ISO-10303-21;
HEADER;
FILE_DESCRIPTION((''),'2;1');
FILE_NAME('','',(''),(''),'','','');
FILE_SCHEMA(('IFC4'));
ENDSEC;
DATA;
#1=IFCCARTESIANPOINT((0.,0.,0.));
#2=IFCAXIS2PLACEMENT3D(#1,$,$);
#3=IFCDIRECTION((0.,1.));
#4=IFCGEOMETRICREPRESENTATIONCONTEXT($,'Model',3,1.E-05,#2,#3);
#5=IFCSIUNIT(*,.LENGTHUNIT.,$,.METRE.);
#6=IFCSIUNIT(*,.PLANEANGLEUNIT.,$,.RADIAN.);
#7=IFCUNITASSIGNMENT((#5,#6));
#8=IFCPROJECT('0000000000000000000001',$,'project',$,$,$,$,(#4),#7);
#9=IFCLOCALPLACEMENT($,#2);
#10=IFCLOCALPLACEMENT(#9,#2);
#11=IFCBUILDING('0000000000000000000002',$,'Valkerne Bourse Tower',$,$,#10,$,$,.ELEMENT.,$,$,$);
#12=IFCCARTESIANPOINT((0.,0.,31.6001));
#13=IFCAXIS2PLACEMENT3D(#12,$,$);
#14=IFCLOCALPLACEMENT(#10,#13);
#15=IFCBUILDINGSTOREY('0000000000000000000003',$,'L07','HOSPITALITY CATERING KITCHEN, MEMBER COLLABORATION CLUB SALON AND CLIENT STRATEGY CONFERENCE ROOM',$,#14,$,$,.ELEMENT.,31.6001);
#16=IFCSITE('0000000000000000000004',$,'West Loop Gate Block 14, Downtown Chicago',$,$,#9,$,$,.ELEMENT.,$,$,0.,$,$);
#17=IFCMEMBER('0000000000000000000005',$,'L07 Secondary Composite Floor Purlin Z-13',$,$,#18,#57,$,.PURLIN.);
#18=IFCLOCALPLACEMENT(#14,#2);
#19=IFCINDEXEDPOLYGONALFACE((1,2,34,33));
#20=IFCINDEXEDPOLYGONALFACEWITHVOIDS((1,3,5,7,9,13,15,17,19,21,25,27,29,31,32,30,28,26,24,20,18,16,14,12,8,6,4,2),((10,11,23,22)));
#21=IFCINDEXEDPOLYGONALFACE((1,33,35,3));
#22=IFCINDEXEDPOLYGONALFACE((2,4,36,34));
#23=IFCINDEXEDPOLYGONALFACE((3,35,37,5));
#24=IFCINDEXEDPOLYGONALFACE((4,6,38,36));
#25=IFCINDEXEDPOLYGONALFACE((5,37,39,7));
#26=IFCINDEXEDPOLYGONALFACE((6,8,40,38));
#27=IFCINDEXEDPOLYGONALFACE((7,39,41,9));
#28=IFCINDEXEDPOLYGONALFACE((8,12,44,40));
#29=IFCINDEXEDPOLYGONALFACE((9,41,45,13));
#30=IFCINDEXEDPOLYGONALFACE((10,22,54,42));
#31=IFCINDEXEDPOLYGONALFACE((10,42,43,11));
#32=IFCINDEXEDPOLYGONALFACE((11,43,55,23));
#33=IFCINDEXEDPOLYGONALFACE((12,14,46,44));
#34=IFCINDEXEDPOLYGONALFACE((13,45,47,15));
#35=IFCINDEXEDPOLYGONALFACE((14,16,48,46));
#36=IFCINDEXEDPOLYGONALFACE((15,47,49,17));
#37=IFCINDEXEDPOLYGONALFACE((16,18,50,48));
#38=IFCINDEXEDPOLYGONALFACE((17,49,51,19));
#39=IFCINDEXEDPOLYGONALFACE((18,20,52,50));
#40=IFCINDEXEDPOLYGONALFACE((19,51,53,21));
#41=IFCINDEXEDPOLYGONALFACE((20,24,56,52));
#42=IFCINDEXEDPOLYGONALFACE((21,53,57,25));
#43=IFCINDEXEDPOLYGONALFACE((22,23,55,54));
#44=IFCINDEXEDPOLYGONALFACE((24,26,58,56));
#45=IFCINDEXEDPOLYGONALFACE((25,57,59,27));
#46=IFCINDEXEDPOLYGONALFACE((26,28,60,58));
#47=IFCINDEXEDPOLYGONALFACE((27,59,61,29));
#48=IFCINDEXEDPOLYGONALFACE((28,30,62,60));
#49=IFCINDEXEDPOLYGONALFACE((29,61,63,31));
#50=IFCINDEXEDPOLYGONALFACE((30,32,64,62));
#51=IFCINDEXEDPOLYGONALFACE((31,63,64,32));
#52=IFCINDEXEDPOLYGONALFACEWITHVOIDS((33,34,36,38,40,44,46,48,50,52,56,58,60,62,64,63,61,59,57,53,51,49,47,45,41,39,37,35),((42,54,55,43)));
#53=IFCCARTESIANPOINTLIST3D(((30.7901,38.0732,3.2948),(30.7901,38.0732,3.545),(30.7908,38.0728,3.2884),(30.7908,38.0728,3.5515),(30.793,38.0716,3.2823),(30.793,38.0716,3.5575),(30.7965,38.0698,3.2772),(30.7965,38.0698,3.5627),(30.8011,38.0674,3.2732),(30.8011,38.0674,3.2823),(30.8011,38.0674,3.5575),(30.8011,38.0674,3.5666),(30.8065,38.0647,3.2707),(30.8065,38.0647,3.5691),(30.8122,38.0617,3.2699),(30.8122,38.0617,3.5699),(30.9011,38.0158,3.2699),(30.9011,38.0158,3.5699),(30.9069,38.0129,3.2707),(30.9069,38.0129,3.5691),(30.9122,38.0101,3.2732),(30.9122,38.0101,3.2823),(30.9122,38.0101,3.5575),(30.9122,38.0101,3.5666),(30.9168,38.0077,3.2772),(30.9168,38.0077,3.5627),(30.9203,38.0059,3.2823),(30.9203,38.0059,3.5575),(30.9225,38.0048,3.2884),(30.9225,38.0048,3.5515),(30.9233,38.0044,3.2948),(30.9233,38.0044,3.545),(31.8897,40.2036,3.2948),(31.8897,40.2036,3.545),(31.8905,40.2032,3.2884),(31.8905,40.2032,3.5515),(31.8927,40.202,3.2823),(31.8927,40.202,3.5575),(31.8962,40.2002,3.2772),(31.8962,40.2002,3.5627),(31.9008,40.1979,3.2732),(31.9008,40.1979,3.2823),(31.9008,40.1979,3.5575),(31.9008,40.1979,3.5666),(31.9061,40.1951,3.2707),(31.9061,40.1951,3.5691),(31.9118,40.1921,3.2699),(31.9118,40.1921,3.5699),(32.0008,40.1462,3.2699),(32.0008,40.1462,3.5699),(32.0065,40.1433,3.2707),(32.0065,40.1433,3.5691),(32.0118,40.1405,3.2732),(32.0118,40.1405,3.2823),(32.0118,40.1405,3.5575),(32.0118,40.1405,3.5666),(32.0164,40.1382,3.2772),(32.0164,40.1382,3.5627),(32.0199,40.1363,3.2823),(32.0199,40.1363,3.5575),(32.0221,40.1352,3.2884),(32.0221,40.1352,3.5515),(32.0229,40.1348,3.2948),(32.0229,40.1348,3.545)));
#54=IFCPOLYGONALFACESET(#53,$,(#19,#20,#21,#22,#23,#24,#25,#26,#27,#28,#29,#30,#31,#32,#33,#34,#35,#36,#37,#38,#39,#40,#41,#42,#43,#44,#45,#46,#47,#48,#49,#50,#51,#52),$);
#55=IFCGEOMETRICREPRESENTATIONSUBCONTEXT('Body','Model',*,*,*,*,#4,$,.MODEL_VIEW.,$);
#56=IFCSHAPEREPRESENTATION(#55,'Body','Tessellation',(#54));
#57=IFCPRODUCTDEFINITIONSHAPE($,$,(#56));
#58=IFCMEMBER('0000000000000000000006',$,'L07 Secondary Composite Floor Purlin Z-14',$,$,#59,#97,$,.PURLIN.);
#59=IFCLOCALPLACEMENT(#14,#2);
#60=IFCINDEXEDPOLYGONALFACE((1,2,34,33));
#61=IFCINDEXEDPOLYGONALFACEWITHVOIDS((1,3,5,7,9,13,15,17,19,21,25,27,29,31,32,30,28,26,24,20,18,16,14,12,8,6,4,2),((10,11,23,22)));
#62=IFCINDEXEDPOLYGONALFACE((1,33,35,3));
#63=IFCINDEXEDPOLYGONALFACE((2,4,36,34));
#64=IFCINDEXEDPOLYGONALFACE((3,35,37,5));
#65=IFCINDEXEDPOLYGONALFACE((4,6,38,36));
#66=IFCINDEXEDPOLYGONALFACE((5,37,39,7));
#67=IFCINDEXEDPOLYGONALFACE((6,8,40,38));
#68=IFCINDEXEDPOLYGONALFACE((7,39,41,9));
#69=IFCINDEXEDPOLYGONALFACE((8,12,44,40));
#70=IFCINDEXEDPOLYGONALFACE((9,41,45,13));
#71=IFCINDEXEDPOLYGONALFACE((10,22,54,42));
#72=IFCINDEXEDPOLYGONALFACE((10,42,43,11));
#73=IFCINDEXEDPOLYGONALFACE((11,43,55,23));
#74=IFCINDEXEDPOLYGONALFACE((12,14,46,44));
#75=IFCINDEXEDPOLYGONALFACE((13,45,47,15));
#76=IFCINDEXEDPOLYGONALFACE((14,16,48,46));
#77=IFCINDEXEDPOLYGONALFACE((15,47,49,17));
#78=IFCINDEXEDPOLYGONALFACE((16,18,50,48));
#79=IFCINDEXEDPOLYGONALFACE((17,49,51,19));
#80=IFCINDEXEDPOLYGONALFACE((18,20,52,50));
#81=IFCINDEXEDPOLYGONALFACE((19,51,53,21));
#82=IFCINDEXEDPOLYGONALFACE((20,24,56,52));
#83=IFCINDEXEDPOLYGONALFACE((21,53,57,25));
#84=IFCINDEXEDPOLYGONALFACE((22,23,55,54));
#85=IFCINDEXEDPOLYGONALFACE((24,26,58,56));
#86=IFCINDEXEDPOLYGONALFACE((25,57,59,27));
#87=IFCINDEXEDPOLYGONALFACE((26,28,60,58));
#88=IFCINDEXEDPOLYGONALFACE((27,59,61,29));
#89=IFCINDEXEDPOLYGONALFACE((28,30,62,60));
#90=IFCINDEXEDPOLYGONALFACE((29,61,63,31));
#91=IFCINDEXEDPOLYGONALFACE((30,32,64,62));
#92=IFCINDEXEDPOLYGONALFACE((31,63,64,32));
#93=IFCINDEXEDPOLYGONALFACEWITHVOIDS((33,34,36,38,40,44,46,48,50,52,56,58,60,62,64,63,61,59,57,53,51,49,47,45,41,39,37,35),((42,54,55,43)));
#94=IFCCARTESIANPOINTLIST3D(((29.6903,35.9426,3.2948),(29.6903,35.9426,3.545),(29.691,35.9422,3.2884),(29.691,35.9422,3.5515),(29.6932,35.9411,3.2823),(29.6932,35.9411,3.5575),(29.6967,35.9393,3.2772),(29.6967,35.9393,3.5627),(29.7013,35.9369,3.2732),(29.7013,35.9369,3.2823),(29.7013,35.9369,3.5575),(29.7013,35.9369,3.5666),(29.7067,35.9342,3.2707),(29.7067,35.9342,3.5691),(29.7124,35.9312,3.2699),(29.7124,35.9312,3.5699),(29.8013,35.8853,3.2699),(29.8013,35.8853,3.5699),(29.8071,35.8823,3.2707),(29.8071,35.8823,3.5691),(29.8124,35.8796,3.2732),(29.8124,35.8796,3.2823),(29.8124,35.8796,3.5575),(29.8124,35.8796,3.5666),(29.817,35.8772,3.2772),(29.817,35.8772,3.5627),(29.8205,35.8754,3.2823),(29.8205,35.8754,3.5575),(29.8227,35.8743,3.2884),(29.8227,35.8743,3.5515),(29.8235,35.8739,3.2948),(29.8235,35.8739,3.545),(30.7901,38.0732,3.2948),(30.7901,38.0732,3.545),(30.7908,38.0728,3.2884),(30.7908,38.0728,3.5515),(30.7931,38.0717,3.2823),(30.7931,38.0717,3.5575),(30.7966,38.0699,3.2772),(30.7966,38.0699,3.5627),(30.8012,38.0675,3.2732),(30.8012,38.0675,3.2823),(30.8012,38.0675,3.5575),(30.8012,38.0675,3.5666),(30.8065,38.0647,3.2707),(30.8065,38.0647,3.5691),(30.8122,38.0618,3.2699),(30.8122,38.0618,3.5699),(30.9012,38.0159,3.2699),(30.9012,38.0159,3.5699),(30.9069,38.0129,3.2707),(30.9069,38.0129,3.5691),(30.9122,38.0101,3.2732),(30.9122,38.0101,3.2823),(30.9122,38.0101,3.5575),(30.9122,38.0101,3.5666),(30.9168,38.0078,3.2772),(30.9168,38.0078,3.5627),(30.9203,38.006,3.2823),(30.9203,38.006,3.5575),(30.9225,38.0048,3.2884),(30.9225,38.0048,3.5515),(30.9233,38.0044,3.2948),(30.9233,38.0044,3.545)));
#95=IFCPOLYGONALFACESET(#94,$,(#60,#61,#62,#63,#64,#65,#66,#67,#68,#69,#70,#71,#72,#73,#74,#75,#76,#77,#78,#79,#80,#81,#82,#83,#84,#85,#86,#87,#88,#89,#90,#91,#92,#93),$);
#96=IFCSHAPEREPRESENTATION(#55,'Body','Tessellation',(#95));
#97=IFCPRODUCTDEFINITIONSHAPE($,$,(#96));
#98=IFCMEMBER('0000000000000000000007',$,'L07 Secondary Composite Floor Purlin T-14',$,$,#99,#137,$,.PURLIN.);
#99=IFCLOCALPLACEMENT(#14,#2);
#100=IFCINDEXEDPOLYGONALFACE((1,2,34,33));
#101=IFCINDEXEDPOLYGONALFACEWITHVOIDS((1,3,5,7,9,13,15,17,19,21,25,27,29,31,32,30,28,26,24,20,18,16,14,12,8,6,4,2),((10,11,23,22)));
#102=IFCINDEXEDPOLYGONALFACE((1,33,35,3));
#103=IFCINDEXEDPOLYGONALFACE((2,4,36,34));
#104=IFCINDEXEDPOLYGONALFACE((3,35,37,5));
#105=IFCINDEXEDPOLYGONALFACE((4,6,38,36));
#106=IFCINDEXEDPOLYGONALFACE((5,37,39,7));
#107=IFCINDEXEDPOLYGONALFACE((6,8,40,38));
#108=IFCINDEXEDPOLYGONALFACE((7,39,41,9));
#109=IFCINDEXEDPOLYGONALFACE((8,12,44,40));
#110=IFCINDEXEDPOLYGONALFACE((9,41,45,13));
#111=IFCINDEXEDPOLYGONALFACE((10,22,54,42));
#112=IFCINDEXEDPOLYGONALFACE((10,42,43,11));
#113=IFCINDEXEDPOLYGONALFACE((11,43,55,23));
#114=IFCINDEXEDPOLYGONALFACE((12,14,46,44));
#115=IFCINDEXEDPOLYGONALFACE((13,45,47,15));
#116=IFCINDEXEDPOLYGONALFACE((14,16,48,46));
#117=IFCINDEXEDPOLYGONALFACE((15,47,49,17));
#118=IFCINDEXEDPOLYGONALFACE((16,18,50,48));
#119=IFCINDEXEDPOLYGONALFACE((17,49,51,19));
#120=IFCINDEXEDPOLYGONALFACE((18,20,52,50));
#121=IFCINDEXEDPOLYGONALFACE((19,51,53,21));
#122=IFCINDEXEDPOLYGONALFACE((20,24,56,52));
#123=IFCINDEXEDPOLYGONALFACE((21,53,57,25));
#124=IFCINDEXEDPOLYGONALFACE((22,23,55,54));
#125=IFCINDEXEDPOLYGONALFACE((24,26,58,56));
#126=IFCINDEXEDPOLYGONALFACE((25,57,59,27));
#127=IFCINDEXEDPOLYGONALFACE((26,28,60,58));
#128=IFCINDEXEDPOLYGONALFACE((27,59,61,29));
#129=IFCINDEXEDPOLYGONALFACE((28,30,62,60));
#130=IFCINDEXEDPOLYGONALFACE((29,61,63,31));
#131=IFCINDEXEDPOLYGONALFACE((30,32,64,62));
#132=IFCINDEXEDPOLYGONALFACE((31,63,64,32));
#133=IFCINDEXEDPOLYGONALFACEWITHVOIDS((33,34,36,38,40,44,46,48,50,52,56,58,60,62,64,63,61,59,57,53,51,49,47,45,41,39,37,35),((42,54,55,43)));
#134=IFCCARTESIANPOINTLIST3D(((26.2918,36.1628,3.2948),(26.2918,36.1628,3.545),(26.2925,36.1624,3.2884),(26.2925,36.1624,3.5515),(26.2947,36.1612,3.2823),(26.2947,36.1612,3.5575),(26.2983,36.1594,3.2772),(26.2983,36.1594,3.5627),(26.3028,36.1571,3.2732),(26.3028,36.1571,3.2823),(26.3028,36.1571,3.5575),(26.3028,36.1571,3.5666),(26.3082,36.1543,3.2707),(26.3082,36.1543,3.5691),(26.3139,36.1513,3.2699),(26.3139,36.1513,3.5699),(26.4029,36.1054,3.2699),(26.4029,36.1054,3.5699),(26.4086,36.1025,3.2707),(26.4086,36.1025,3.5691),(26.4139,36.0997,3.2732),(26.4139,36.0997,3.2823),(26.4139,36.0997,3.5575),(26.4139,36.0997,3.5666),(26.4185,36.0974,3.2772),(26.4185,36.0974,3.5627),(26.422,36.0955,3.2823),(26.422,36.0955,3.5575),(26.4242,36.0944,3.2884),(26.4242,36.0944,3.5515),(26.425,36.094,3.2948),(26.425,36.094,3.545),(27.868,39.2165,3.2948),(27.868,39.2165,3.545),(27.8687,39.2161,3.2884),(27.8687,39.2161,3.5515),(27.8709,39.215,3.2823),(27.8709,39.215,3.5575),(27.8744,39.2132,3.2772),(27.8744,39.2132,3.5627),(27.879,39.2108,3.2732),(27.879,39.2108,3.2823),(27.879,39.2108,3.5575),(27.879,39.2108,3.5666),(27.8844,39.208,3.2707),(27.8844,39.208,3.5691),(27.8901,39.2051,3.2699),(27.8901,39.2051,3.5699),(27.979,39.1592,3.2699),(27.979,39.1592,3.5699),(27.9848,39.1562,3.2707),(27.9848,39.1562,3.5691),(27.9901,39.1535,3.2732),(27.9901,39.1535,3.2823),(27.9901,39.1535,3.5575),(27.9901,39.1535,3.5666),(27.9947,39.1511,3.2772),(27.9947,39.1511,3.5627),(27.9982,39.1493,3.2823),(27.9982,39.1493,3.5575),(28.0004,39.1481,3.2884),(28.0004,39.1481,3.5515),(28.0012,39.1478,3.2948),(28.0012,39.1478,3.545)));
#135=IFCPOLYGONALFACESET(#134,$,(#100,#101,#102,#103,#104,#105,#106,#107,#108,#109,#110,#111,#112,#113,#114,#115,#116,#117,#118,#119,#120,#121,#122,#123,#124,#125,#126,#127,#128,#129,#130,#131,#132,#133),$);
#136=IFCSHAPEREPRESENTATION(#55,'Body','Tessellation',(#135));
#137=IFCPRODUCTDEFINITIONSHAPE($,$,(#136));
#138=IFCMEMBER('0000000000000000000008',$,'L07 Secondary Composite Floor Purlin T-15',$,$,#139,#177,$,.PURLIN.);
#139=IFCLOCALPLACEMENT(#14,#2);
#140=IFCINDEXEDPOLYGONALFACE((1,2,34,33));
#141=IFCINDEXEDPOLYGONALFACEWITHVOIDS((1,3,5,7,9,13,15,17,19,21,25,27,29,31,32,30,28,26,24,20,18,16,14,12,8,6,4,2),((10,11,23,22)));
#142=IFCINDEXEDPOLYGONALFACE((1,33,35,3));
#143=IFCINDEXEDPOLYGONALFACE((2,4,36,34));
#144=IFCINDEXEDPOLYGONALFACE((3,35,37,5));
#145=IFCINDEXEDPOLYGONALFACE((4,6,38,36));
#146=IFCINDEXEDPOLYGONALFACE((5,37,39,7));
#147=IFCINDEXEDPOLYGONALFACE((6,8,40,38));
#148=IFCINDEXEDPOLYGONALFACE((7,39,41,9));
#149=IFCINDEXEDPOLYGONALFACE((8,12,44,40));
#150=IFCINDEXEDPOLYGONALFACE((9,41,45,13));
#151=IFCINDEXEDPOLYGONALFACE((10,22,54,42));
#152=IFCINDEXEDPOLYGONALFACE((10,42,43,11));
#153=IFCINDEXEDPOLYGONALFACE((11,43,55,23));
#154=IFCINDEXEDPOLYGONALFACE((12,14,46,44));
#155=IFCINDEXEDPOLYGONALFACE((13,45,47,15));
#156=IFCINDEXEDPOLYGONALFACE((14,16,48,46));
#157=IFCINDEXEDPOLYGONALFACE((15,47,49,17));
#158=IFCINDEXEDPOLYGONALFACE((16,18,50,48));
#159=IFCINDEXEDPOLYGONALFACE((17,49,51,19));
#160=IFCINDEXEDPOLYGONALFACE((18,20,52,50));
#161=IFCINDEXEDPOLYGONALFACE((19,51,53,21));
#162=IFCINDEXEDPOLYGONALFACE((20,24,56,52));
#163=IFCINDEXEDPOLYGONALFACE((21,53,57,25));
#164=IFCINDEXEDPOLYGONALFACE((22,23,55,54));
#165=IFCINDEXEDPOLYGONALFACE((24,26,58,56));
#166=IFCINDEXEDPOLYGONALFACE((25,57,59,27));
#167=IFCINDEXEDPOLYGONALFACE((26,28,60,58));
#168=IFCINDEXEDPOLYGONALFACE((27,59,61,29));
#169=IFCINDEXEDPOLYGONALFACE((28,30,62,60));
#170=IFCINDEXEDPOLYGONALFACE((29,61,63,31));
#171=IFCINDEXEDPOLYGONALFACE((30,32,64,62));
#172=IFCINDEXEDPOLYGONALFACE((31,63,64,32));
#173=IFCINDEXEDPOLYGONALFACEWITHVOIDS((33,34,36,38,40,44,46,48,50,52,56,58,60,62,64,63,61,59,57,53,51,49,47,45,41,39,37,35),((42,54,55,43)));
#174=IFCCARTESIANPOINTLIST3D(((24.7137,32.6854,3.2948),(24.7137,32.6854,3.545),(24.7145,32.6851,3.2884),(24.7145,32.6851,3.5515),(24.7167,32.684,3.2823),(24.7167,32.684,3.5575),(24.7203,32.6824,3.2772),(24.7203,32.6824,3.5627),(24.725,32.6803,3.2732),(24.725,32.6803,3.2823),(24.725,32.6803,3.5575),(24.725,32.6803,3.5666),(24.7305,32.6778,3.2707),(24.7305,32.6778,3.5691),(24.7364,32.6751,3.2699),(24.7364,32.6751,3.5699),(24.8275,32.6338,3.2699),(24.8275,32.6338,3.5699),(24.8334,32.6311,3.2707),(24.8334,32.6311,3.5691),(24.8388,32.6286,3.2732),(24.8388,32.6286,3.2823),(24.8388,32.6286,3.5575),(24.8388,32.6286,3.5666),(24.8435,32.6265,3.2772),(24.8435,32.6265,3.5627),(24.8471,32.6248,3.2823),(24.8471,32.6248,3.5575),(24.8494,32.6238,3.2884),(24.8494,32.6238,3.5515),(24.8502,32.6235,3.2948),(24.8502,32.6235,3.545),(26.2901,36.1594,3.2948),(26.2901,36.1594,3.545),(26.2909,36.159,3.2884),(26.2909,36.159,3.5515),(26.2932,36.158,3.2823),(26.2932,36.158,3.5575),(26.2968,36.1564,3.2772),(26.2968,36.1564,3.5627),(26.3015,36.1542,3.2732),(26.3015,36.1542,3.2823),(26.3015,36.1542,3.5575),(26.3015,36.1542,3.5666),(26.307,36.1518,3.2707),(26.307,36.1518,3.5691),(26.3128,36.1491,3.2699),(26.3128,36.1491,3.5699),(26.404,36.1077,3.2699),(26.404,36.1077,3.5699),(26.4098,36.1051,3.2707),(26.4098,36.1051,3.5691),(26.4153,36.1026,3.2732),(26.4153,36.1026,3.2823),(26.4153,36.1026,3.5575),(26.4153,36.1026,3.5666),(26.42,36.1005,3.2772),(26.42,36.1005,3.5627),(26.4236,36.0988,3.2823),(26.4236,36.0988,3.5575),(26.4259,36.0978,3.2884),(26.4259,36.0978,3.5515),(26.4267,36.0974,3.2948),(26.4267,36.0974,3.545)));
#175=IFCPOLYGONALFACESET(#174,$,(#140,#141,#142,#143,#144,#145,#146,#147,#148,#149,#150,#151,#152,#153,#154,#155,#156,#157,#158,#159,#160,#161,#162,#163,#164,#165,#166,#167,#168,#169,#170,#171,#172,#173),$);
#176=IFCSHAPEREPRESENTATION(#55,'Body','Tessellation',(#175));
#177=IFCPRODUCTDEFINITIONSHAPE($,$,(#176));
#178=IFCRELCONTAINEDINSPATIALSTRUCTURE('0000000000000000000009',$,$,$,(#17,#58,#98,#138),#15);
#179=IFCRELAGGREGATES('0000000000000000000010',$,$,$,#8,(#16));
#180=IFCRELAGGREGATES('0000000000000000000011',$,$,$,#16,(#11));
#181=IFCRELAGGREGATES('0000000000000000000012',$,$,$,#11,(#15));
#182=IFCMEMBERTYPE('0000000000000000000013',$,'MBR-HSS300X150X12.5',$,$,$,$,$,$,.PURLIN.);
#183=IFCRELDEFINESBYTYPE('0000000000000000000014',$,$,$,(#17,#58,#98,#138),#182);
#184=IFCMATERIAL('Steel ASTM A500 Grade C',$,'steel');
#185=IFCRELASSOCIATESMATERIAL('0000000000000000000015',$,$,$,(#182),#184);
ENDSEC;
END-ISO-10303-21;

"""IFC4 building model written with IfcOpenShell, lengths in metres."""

from ifc_helpers import new_model, si_unit, direction, frame, origin, origin_2d, place, context, subcontext, project, spatial, hollow_rectangle, extrude, material, material_profile, profile_set, type_object, element, save


model = new_model("IFC4")

# Units and contexts
model_context = context("Model", 3, precision=1e-05, world=origin(), true_north=direction((0.0, 1.0)))
body_context = subcontext(model_context, "Body", "Model", "MODEL_VIEW")
ifc_project = project(units=[si_unit("LENGTHUNIT", "METRE"), si_unit("PLANEANGLEUNIT", "RADIAN")], contexts=[model_context])

# Site, building, storey
site_placement = place(None, origin())
site = spatial("IfcSite", under=ifc_project, at=site_placement, Name="West Loop Gate Block 14, Downtown Chicago", CompositionType="ELEMENT", RefElevation=0.0)
building_placement = place(site_placement, origin())
building = spatial("IfcBuilding", under=site, at=building_placement, Name="Valkerne Bourse Tower", CompositionType="ELEMENT")
storey_placement = place(building_placement, frame((0.0, 0.0, 31.6001)))
storey = spatial("IfcBuildingStorey", under=building, at=storey_placement, Name="L07", Description="HOSPITALITY CATERING KITCHEN, MEMBER COLLABORATION CLUB SALON AND CLIENT STRATEGY CONFERENCE ROOM", CompositionType="ELEMENT", Elevation=31.6001)

# Members
ifc_material_1 = material(Name="Steel ASTM A500 Grade C", Category="steel")
ifc_material_profile_1 = material_profile(ifc_material_1, hollow_rectangle(XDim=0.1499, YDim=0.3, WallThickness=0.0125, OuterFilletRadius=0.0249, at=origin_2d()), Name="HSS300X150X12.5")
ifc_profile_set_1 = profile_set([ifc_material_profile_1], Name="Steel ASTM A500 Grade C")
member_type_1 = type_object("IfcMemberType", Name="MBR-HSS300X150X12.5", PredefinedType="PURLIN", material=ifc_profile_set_1)
member_1_placement = place(storey_placement, frame((31.9563, 40.1692, 3.4199), z_axis=(-0.458664, -0.88861, 0.0), x_axis=(0.88861, -0.458664, 0.0)))
element("IfcMember", 1, at=member_1_placement, inside=storey, type_object=member_type_1, Name="L07 Secondary Composite Floor Purlin Z-13", PredefinedType="PURLIN", context=body_context, shape_type="SweptSolid", body=[
    extrude(hollow_rectangle(XDim=0.1499, YDim=0.3, WallThickness=0.0125, OuterFilletRadius=0.0249, at=origin_2d()), origin(), (0.0, 0.0, 1.0), 2.3975),
])
member_2_placement = place(storey_placement, frame((30.8567, 38.0388, 3.4199), z_axis=(-0.458703, -0.88859, 0.0), x_axis=(0.88859, -0.458703, 0.0)))
element("IfcMember", 2, at=member_2_placement, inside=storey, type_object=member_type_1, Name="L07 Secondary Composite Floor Purlin Z-14", PredefinedType="PURLIN", context=body_context, shape_type="SweptSolid", body=[
    extrude(hollow_rectangle(XDim=0.1499, YDim=0.3, WallThickness=0.0125, OuterFilletRadius=0.0249, at=origin_2d()), origin(), (0.0, 0.0, 1.0), 2.3977),
])
member_3_placement = place(storey_placement, frame((27.9346, 39.1821, 3.4199), z_axis=(-0.458657, -0.888613, 0.0), x_axis=(0.888613, -0.458657, 0.0)))
element("IfcMember", 3, at=member_3_placement, inside=storey, type_object=member_type_1, Name="L07 Secondary Composite Floor Purlin T-14", PredefinedType="PURLIN", context=body_context, shape_type="SweptSolid", body=[
    extrude(hollow_rectangle(XDim=0.1499, YDim=0.3, WallThickness=0.0125, OuterFilletRadius=0.0249, at=origin_2d()), origin(), (0.0, 0.0, 1.0), 3.4365),
])
member_4_placement = place(storey_placement, frame((26.3584, 36.1284, 3.4199), z_axis=(-0.413234, -0.910625, 0.0), x_axis=(0.910625, -0.413234, 0.0)))
element("IfcMember", 4, at=member_4_placement, inside=storey, type_object=member_type_1, Name="L07 Secondary Composite Floor Purlin T-15", PredefinedType="PURLIN", context=body_context, shape_type="SweptSolid", body=[
    extrude(hollow_rectangle(XDim=0.1499, YDim=0.3, WallThickness=0.0125, OuterFilletRadius=0.0249, at=origin_2d()), origin(), (0.0, 0.0, 1.0), 3.8149),
])

save(model, "model.ifc")
